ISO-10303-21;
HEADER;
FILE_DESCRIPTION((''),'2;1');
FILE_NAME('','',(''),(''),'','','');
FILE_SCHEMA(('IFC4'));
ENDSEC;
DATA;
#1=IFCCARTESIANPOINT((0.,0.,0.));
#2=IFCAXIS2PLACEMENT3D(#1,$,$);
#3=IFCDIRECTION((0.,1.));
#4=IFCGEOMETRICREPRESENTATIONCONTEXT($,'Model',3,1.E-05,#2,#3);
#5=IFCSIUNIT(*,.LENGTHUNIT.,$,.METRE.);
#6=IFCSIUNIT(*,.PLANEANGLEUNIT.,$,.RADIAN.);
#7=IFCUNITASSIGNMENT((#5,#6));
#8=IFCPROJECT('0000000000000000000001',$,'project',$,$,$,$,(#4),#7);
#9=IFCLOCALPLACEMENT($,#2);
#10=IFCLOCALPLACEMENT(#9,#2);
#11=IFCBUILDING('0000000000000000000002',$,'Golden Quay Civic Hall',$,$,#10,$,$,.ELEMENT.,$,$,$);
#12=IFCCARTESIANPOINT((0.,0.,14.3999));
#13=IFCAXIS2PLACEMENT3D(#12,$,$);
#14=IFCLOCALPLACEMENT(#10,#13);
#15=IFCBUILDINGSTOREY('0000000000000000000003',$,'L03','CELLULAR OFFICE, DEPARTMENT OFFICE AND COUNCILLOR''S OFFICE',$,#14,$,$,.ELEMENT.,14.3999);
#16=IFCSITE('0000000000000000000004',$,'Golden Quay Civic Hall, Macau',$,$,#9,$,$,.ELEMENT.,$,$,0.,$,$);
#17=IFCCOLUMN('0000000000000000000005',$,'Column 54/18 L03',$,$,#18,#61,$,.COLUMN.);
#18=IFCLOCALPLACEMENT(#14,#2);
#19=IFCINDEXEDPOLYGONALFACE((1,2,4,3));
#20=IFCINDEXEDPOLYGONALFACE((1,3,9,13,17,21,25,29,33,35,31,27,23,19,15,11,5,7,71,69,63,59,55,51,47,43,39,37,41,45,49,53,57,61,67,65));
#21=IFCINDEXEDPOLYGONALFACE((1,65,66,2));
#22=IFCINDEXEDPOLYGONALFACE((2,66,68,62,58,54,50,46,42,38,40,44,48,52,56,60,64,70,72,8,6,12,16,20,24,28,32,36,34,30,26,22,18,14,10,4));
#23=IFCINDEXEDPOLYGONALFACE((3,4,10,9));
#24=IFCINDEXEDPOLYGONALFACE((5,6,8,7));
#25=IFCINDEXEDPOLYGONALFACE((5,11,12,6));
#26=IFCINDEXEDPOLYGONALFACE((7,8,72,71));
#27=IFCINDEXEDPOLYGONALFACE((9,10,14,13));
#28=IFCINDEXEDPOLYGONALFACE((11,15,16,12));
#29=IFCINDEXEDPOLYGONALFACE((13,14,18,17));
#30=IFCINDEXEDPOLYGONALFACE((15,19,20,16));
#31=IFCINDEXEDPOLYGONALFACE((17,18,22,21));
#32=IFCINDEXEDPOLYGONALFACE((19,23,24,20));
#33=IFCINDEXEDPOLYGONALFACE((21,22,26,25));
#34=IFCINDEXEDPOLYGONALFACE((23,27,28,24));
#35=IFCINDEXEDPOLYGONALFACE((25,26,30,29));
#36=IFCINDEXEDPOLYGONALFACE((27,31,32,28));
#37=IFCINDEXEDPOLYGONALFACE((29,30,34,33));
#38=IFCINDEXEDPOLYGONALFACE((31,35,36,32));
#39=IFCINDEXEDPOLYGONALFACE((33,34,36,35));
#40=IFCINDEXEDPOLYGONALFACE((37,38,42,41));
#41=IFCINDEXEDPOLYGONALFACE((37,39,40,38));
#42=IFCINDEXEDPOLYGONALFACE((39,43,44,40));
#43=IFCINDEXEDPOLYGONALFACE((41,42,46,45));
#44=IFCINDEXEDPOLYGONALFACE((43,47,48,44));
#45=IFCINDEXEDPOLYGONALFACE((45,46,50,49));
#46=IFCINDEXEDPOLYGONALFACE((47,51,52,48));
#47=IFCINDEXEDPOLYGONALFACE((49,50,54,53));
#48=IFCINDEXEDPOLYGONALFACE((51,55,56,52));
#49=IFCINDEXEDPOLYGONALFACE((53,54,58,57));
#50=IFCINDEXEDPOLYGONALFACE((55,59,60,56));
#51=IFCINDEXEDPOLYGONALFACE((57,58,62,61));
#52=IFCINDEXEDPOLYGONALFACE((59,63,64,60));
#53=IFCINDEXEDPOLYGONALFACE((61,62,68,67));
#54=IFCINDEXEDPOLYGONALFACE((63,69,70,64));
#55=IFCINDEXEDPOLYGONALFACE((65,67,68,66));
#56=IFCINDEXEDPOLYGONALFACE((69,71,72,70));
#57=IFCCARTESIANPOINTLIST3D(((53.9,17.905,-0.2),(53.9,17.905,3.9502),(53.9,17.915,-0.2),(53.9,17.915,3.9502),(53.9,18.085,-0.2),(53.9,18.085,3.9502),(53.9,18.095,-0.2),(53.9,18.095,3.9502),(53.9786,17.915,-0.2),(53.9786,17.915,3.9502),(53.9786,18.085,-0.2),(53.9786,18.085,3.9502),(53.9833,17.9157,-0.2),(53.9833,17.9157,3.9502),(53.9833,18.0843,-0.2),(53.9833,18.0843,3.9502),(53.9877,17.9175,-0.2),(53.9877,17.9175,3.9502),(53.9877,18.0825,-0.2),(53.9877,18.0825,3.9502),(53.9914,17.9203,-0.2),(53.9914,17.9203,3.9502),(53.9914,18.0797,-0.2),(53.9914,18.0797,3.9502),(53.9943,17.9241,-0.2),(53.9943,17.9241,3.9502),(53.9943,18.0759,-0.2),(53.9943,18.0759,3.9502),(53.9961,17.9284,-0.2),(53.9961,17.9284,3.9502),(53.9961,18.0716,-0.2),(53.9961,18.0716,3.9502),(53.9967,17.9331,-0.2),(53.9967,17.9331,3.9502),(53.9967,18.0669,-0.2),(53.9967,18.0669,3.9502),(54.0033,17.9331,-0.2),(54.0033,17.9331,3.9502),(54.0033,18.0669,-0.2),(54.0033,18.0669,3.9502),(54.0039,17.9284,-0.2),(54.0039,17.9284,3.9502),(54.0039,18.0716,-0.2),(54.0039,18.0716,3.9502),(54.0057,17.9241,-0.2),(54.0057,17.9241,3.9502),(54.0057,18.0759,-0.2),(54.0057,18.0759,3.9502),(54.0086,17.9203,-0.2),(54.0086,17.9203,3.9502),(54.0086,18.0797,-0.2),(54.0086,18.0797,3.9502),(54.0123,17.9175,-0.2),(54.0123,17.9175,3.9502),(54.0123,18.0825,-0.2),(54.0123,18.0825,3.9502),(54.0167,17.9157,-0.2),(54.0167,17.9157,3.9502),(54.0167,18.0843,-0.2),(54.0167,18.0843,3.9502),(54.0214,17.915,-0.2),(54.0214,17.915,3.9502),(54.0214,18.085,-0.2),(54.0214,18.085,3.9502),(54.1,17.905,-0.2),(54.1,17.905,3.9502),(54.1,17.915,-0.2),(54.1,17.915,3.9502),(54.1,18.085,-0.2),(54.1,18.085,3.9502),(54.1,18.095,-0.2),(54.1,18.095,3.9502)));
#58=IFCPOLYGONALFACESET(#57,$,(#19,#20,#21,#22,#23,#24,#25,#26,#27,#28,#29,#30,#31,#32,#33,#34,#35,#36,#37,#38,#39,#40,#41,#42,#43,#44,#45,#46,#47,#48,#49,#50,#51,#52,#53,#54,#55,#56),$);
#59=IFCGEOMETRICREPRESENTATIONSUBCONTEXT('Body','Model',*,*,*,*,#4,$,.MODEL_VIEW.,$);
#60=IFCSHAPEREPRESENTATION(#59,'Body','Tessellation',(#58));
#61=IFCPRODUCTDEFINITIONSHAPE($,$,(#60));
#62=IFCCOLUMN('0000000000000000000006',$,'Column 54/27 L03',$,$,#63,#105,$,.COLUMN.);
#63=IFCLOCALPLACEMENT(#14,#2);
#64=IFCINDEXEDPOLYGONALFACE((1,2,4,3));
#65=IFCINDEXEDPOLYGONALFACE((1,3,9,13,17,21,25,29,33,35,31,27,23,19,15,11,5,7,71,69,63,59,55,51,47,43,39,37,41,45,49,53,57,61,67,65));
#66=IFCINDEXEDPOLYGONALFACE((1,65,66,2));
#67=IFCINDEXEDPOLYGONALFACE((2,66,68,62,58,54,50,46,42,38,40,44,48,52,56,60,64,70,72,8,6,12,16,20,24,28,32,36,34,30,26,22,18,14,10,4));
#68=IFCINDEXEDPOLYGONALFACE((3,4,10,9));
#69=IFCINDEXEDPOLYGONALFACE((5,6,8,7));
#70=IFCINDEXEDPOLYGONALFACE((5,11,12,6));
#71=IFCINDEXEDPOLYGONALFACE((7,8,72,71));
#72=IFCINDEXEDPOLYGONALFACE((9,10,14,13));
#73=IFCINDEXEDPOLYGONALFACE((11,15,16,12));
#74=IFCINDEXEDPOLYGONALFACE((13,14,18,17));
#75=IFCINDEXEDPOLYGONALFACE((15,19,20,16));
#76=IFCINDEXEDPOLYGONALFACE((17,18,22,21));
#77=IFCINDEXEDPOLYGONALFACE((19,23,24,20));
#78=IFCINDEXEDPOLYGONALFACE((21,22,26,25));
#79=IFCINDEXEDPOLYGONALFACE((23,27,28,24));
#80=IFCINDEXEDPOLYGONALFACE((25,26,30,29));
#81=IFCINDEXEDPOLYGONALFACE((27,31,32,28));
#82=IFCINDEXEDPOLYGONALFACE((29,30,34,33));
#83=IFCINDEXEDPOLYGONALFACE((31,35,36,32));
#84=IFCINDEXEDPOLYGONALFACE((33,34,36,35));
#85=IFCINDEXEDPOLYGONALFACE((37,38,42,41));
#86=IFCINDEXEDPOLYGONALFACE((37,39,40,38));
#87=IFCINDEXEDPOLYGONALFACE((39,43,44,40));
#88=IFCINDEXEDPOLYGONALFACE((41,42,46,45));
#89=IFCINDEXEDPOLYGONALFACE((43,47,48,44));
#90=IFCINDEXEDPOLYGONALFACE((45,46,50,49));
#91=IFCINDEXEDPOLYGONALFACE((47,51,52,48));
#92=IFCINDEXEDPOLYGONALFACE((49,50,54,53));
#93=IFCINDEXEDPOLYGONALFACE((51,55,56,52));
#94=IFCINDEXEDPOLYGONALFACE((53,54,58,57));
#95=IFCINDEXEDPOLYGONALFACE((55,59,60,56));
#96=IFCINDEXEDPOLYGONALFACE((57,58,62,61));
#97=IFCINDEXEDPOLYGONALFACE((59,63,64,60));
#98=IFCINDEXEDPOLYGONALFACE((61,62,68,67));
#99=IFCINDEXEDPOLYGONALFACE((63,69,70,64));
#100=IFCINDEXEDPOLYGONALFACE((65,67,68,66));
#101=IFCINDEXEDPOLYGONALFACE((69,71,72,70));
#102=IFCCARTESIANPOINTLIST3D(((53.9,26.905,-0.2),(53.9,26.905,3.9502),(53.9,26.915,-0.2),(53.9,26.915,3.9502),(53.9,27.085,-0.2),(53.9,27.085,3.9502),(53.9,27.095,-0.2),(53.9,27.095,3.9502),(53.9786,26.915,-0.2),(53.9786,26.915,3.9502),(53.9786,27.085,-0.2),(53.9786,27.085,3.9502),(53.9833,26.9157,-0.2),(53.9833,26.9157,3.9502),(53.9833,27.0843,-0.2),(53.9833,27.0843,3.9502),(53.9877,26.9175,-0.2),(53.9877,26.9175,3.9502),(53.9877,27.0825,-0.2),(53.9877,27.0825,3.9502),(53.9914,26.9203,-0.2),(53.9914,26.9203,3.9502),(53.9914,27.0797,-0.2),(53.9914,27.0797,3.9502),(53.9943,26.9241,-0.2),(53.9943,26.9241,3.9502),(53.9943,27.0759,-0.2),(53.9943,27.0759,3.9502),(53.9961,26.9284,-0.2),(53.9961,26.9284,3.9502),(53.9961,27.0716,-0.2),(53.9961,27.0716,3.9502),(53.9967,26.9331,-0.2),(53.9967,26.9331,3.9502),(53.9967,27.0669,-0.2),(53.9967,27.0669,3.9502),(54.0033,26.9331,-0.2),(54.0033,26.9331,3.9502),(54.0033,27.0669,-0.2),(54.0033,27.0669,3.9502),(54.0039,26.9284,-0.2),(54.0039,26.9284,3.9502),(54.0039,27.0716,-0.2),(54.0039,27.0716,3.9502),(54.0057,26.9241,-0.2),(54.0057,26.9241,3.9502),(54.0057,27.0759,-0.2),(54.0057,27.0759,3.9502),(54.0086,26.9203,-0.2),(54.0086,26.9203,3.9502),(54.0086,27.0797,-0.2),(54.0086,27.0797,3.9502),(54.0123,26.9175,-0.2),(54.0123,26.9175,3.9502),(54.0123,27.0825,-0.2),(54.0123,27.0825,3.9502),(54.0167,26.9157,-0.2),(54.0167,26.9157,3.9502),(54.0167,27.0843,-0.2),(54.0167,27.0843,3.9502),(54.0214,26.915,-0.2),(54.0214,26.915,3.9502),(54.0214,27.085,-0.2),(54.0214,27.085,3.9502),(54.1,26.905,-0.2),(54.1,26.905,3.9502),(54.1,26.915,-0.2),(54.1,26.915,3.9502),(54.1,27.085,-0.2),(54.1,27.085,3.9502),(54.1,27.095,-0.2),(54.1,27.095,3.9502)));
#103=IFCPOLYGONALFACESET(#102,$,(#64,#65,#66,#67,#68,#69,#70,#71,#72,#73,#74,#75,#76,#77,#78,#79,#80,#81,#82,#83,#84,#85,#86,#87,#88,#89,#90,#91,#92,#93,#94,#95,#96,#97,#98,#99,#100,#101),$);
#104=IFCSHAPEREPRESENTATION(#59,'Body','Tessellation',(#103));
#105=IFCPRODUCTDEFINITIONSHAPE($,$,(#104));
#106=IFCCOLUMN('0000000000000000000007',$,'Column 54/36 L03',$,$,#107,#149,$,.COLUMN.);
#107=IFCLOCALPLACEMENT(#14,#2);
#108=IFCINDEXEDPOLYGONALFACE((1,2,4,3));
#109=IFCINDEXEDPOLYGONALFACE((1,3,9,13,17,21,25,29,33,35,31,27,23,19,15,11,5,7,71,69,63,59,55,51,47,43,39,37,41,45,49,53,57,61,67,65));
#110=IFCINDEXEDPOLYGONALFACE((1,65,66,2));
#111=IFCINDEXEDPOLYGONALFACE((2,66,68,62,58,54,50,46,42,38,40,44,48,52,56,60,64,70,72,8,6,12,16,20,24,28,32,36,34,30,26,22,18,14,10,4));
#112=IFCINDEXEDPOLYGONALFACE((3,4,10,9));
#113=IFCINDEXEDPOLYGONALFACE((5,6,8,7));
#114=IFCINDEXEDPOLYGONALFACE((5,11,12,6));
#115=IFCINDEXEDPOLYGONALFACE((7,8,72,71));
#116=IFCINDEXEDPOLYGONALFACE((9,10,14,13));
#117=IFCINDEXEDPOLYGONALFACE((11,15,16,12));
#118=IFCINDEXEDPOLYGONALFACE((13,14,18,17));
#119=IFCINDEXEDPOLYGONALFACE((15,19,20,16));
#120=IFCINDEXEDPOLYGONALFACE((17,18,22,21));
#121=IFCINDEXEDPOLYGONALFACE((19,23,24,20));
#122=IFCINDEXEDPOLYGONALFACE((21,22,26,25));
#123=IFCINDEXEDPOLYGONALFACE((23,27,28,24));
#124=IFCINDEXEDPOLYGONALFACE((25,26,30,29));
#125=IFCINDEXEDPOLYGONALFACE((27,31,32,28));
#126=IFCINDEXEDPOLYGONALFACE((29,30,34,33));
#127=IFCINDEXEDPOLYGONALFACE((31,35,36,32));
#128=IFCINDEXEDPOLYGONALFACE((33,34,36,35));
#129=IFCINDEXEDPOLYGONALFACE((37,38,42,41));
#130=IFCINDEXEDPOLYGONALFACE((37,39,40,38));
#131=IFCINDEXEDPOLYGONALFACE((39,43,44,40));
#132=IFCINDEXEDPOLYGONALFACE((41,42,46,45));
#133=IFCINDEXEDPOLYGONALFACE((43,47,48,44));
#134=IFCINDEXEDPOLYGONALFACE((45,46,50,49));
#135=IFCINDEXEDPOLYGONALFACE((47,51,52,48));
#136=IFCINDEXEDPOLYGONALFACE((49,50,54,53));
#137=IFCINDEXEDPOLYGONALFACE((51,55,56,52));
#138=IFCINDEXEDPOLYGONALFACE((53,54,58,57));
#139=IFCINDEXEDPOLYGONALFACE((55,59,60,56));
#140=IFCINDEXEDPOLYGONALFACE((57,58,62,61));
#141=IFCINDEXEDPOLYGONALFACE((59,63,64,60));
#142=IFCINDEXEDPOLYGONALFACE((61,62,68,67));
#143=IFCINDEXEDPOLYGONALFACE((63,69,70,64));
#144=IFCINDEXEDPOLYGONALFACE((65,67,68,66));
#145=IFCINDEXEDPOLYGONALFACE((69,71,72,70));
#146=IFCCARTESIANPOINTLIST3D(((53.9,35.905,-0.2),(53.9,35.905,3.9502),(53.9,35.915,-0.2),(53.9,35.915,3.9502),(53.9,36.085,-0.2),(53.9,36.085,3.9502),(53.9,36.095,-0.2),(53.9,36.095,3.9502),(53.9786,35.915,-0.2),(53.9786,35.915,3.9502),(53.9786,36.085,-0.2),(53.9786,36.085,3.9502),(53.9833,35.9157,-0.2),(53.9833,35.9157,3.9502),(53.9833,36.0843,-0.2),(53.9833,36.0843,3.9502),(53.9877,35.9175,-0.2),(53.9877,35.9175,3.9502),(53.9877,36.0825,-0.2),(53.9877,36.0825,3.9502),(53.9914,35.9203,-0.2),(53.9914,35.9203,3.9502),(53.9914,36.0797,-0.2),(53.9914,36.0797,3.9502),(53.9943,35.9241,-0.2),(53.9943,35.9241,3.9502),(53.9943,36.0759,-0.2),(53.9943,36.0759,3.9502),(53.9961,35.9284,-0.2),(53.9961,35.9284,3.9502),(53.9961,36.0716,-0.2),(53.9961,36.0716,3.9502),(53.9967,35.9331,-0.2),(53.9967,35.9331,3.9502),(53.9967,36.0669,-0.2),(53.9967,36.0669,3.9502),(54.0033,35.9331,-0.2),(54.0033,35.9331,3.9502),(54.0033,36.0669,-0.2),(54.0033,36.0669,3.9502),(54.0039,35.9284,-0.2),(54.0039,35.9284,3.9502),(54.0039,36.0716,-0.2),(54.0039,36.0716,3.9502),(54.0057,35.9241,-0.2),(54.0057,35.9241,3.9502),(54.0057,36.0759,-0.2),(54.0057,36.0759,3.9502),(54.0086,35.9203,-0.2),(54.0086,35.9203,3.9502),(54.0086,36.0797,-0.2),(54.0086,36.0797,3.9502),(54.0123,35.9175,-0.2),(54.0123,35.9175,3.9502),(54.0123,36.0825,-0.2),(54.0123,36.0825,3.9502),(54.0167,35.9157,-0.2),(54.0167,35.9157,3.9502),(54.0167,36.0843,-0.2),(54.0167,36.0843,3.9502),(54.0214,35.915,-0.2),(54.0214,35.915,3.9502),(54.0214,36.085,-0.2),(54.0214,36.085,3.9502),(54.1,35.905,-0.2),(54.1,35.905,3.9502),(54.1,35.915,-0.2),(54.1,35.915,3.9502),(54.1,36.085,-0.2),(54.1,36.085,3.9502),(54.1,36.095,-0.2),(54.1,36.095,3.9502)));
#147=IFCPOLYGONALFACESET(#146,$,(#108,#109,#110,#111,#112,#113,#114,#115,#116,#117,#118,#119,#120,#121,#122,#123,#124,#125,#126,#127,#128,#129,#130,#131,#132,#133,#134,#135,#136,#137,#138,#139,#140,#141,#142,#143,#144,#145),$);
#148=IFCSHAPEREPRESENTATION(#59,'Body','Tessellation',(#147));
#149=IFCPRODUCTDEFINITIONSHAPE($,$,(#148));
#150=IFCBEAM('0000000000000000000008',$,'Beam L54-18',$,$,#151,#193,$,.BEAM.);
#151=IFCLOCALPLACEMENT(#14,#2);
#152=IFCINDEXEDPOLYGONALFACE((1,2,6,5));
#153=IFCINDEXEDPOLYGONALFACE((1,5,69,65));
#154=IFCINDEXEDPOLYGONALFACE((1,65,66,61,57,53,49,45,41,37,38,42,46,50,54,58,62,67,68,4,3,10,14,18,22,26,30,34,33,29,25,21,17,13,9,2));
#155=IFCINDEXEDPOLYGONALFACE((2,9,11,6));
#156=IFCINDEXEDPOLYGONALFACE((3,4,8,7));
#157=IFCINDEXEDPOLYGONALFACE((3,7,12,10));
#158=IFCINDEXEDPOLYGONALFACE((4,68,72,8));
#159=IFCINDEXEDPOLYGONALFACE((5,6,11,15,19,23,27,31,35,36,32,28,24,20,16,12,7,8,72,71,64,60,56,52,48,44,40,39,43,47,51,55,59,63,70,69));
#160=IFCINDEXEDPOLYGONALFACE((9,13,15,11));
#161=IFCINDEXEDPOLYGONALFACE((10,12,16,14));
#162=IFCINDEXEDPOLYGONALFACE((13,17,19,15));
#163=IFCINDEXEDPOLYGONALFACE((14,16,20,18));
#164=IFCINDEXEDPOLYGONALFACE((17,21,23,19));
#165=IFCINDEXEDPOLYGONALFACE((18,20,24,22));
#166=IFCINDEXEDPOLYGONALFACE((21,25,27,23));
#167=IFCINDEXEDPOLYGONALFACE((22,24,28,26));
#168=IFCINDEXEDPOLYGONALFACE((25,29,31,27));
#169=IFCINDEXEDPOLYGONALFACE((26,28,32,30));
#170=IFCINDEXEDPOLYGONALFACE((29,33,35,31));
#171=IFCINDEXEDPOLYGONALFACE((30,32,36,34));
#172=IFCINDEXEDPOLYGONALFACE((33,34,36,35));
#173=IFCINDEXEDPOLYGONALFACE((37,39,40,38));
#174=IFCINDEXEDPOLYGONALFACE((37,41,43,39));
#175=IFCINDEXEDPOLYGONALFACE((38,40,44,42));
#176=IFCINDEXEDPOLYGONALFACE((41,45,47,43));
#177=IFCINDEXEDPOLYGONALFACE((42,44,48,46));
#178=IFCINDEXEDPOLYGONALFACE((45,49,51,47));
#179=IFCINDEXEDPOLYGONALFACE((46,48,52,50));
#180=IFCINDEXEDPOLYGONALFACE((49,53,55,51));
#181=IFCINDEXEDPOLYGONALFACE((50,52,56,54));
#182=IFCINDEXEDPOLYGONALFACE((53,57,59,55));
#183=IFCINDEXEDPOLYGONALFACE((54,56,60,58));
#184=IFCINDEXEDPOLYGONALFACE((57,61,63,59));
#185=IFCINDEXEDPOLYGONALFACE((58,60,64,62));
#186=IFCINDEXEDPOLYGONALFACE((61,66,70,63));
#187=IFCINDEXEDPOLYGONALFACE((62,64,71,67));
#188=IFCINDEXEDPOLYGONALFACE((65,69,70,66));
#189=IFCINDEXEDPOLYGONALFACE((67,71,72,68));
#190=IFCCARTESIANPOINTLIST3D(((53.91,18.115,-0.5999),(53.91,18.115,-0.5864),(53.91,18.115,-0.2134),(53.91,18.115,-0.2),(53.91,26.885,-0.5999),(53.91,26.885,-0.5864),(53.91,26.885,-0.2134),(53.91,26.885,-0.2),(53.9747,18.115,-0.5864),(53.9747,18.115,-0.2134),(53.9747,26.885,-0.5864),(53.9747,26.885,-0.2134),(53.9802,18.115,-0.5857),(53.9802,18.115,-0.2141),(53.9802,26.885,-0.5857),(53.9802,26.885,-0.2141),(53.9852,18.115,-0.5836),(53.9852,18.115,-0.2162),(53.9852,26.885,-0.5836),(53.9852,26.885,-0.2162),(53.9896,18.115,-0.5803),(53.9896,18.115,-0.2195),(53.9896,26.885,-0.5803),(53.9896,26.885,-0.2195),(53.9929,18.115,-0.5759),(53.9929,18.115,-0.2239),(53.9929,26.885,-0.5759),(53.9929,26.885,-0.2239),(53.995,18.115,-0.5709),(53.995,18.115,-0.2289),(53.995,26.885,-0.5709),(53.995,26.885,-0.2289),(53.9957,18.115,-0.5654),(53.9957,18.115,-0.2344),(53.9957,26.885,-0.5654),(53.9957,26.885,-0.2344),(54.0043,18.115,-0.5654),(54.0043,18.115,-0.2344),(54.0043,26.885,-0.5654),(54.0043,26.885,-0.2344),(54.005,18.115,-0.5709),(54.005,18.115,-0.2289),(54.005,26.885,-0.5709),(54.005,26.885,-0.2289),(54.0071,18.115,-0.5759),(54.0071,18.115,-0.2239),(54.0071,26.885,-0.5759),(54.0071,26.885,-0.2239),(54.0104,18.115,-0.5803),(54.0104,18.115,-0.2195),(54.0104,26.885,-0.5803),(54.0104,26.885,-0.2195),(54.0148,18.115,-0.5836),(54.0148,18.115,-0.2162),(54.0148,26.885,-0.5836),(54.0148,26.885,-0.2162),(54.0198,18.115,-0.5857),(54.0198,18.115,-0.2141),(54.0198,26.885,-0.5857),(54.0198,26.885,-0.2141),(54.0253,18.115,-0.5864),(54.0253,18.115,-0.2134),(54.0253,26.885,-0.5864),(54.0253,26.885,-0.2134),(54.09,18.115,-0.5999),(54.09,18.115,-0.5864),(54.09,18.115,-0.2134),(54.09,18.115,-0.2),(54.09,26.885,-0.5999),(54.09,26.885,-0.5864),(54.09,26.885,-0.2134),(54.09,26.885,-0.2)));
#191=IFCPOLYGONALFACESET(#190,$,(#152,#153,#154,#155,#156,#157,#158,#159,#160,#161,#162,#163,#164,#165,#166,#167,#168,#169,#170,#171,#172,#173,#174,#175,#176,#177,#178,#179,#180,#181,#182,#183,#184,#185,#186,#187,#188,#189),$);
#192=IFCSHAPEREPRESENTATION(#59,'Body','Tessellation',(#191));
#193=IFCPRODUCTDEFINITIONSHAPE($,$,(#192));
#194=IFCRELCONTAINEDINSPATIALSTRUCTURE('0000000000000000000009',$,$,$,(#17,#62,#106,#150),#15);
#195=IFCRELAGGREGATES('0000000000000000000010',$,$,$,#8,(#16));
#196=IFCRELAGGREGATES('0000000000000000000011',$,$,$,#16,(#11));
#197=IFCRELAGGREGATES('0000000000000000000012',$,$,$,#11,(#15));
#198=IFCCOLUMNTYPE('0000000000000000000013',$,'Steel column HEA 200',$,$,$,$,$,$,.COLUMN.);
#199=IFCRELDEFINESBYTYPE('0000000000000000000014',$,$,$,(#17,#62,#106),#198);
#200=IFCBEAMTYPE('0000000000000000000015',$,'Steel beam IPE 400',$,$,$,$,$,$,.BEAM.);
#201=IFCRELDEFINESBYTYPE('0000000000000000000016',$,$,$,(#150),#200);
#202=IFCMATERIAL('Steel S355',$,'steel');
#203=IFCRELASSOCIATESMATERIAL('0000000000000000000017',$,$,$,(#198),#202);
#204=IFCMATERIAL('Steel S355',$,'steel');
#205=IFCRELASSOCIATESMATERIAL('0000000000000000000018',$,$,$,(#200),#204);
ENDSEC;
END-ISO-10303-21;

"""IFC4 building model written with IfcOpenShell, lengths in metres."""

from ifc_helpers import new_model, si_unit, direction, frame, origin, origin_2d, place, context, subcontext, project, spatial, i_section, extrude, material, material_profile, profile_set, type_object, element, save


model = new_model("IFC4")

# Units and contexts
model_context = context("Model", 3, precision=1e-05, world=origin(), true_north=direction((0.0, 1.0)))
body_context = subcontext(model_context, "Body", "Model", "MODEL_VIEW")
ifc_project = project(units=[si_unit("LENGTHUNIT", "METRE"), si_unit("PLANEANGLEUNIT", "RADIAN")], contexts=[model_context])

# Site, building, storey
site_placement = place(None, origin())
site = spatial("IfcSite", under=ifc_project, at=site_placement, Name="Golden Quay Civic Hall, Macau", CompositionType="ELEMENT", RefElevation=0.0)
building_placement = place(site_placement, origin())
building = spatial("IfcBuilding", under=site, at=building_placement, Name="Golden Quay Civic Hall", CompositionType="ELEMENT")
storey_placement = place(building_placement, frame((0.0, 0.0, 14.3999)))
storey = spatial("IfcBuildingStorey", under=building, at=storey_placement, Name="L03", Description="CELLULAR OFFICE, DEPARTMENT OFFICE AND COUNCILLOR'S OFFICE", CompositionType="ELEMENT", Elevation=14.3999)

# Columns
ifc_material_1 = material(Name="Steel S355", Category="steel")
ifc_material_profile_1 = material_profile(ifc_material_1, i_section(OverallWidth=0.2, OverallDepth=0.1899, WebThickness=0.0066, FlangeThickness=0.01, FilletRadius=0.0181, at=origin_2d()), Name="HEA 200")
ifc_profile_set_1 = profile_set([ifc_material_profile_1], Name="Steel S355")
column_type = type_object("IfcColumnType", Name="Steel column HEA 200", PredefinedType="COLUMN", material=ifc_profile_set_1)
for number, where, z_axis, x_axis, name in (
    (1, (54.0, 18.0, -0.2), (0.0, 0.0, 1.0), (1.0, 0.0, 0.0), "Column 54/18 L03"),
    (2, (54.0, 27.0, -0.2), (0.0, 0.0, 1.0), (1.0, 0.0, 0.0), "Column 54/27 L03"),
    (3, (54.0, 36.0, -0.2), (0.0, 0.0, 1.0), (1.0, 0.0, 0.0), "Column 54/36 L03"),
):
    element("IfcColumn", number, at=place(storey_placement, frame(where, z_axis=z_axis, x_axis=x_axis)), inside=storey, type_object=column_type, Name=name, PredefinedType="COLUMN", context=body_context, shape_type="SweptSolid", body=[
        extrude(i_section(OverallWidth=0.2, OverallDepth=0.1899, WebThickness=0.0066, FlangeThickness=0.01, FilletRadius=0.0181, at=origin_2d()), origin(), (0.0, 0.0, 1.0), 4.1501),
    ])

# Beam
ifc_material_2 = material(Name="Steel S355", Category="steel")
ifc_material_profile_2 = material_profile(ifc_material_2, i_section(OverallWidth=0.1799, OverallDepth=0.3999, WebThickness=0.0085, FlangeThickness=0.0134, FilletRadius=0.021, at=origin_2d()), Name="IPE 400")
ifc_profile_set_2 = profile_set([ifc_material_profile_2], Name="Steel S355")
beam_type_1 = type_object("IfcBeamType", Name="Steel beam IPE 400", PredefinedType="BEAM", material=ifc_profile_set_2)
for number, where, z_axis, x_axis, name in (
    (4, (54.0, 18.115, -0.3999), (0.0, 1.0, 0.0), (-1.0, 0.0, 0.0), "Beam L54-18"),
):
    element("IfcBeam", number, at=place(storey_placement, frame(where, z_axis=z_axis, x_axis=x_axis)), inside=storey, type_object=beam_type_1, Name=name, PredefinedType="BEAM", context=body_context, shape_type="SweptSolid", body=[
        extrude(i_section(OverallWidth=0.1799, OverallDepth=0.3999, WebThickness=0.0085, FlangeThickness=0.0134, FilletRadius=0.021, at=origin_2d()), origin(), (0.0, 0.0, 1.0), 8.77),
    ])

save(model, "model.ifc")
